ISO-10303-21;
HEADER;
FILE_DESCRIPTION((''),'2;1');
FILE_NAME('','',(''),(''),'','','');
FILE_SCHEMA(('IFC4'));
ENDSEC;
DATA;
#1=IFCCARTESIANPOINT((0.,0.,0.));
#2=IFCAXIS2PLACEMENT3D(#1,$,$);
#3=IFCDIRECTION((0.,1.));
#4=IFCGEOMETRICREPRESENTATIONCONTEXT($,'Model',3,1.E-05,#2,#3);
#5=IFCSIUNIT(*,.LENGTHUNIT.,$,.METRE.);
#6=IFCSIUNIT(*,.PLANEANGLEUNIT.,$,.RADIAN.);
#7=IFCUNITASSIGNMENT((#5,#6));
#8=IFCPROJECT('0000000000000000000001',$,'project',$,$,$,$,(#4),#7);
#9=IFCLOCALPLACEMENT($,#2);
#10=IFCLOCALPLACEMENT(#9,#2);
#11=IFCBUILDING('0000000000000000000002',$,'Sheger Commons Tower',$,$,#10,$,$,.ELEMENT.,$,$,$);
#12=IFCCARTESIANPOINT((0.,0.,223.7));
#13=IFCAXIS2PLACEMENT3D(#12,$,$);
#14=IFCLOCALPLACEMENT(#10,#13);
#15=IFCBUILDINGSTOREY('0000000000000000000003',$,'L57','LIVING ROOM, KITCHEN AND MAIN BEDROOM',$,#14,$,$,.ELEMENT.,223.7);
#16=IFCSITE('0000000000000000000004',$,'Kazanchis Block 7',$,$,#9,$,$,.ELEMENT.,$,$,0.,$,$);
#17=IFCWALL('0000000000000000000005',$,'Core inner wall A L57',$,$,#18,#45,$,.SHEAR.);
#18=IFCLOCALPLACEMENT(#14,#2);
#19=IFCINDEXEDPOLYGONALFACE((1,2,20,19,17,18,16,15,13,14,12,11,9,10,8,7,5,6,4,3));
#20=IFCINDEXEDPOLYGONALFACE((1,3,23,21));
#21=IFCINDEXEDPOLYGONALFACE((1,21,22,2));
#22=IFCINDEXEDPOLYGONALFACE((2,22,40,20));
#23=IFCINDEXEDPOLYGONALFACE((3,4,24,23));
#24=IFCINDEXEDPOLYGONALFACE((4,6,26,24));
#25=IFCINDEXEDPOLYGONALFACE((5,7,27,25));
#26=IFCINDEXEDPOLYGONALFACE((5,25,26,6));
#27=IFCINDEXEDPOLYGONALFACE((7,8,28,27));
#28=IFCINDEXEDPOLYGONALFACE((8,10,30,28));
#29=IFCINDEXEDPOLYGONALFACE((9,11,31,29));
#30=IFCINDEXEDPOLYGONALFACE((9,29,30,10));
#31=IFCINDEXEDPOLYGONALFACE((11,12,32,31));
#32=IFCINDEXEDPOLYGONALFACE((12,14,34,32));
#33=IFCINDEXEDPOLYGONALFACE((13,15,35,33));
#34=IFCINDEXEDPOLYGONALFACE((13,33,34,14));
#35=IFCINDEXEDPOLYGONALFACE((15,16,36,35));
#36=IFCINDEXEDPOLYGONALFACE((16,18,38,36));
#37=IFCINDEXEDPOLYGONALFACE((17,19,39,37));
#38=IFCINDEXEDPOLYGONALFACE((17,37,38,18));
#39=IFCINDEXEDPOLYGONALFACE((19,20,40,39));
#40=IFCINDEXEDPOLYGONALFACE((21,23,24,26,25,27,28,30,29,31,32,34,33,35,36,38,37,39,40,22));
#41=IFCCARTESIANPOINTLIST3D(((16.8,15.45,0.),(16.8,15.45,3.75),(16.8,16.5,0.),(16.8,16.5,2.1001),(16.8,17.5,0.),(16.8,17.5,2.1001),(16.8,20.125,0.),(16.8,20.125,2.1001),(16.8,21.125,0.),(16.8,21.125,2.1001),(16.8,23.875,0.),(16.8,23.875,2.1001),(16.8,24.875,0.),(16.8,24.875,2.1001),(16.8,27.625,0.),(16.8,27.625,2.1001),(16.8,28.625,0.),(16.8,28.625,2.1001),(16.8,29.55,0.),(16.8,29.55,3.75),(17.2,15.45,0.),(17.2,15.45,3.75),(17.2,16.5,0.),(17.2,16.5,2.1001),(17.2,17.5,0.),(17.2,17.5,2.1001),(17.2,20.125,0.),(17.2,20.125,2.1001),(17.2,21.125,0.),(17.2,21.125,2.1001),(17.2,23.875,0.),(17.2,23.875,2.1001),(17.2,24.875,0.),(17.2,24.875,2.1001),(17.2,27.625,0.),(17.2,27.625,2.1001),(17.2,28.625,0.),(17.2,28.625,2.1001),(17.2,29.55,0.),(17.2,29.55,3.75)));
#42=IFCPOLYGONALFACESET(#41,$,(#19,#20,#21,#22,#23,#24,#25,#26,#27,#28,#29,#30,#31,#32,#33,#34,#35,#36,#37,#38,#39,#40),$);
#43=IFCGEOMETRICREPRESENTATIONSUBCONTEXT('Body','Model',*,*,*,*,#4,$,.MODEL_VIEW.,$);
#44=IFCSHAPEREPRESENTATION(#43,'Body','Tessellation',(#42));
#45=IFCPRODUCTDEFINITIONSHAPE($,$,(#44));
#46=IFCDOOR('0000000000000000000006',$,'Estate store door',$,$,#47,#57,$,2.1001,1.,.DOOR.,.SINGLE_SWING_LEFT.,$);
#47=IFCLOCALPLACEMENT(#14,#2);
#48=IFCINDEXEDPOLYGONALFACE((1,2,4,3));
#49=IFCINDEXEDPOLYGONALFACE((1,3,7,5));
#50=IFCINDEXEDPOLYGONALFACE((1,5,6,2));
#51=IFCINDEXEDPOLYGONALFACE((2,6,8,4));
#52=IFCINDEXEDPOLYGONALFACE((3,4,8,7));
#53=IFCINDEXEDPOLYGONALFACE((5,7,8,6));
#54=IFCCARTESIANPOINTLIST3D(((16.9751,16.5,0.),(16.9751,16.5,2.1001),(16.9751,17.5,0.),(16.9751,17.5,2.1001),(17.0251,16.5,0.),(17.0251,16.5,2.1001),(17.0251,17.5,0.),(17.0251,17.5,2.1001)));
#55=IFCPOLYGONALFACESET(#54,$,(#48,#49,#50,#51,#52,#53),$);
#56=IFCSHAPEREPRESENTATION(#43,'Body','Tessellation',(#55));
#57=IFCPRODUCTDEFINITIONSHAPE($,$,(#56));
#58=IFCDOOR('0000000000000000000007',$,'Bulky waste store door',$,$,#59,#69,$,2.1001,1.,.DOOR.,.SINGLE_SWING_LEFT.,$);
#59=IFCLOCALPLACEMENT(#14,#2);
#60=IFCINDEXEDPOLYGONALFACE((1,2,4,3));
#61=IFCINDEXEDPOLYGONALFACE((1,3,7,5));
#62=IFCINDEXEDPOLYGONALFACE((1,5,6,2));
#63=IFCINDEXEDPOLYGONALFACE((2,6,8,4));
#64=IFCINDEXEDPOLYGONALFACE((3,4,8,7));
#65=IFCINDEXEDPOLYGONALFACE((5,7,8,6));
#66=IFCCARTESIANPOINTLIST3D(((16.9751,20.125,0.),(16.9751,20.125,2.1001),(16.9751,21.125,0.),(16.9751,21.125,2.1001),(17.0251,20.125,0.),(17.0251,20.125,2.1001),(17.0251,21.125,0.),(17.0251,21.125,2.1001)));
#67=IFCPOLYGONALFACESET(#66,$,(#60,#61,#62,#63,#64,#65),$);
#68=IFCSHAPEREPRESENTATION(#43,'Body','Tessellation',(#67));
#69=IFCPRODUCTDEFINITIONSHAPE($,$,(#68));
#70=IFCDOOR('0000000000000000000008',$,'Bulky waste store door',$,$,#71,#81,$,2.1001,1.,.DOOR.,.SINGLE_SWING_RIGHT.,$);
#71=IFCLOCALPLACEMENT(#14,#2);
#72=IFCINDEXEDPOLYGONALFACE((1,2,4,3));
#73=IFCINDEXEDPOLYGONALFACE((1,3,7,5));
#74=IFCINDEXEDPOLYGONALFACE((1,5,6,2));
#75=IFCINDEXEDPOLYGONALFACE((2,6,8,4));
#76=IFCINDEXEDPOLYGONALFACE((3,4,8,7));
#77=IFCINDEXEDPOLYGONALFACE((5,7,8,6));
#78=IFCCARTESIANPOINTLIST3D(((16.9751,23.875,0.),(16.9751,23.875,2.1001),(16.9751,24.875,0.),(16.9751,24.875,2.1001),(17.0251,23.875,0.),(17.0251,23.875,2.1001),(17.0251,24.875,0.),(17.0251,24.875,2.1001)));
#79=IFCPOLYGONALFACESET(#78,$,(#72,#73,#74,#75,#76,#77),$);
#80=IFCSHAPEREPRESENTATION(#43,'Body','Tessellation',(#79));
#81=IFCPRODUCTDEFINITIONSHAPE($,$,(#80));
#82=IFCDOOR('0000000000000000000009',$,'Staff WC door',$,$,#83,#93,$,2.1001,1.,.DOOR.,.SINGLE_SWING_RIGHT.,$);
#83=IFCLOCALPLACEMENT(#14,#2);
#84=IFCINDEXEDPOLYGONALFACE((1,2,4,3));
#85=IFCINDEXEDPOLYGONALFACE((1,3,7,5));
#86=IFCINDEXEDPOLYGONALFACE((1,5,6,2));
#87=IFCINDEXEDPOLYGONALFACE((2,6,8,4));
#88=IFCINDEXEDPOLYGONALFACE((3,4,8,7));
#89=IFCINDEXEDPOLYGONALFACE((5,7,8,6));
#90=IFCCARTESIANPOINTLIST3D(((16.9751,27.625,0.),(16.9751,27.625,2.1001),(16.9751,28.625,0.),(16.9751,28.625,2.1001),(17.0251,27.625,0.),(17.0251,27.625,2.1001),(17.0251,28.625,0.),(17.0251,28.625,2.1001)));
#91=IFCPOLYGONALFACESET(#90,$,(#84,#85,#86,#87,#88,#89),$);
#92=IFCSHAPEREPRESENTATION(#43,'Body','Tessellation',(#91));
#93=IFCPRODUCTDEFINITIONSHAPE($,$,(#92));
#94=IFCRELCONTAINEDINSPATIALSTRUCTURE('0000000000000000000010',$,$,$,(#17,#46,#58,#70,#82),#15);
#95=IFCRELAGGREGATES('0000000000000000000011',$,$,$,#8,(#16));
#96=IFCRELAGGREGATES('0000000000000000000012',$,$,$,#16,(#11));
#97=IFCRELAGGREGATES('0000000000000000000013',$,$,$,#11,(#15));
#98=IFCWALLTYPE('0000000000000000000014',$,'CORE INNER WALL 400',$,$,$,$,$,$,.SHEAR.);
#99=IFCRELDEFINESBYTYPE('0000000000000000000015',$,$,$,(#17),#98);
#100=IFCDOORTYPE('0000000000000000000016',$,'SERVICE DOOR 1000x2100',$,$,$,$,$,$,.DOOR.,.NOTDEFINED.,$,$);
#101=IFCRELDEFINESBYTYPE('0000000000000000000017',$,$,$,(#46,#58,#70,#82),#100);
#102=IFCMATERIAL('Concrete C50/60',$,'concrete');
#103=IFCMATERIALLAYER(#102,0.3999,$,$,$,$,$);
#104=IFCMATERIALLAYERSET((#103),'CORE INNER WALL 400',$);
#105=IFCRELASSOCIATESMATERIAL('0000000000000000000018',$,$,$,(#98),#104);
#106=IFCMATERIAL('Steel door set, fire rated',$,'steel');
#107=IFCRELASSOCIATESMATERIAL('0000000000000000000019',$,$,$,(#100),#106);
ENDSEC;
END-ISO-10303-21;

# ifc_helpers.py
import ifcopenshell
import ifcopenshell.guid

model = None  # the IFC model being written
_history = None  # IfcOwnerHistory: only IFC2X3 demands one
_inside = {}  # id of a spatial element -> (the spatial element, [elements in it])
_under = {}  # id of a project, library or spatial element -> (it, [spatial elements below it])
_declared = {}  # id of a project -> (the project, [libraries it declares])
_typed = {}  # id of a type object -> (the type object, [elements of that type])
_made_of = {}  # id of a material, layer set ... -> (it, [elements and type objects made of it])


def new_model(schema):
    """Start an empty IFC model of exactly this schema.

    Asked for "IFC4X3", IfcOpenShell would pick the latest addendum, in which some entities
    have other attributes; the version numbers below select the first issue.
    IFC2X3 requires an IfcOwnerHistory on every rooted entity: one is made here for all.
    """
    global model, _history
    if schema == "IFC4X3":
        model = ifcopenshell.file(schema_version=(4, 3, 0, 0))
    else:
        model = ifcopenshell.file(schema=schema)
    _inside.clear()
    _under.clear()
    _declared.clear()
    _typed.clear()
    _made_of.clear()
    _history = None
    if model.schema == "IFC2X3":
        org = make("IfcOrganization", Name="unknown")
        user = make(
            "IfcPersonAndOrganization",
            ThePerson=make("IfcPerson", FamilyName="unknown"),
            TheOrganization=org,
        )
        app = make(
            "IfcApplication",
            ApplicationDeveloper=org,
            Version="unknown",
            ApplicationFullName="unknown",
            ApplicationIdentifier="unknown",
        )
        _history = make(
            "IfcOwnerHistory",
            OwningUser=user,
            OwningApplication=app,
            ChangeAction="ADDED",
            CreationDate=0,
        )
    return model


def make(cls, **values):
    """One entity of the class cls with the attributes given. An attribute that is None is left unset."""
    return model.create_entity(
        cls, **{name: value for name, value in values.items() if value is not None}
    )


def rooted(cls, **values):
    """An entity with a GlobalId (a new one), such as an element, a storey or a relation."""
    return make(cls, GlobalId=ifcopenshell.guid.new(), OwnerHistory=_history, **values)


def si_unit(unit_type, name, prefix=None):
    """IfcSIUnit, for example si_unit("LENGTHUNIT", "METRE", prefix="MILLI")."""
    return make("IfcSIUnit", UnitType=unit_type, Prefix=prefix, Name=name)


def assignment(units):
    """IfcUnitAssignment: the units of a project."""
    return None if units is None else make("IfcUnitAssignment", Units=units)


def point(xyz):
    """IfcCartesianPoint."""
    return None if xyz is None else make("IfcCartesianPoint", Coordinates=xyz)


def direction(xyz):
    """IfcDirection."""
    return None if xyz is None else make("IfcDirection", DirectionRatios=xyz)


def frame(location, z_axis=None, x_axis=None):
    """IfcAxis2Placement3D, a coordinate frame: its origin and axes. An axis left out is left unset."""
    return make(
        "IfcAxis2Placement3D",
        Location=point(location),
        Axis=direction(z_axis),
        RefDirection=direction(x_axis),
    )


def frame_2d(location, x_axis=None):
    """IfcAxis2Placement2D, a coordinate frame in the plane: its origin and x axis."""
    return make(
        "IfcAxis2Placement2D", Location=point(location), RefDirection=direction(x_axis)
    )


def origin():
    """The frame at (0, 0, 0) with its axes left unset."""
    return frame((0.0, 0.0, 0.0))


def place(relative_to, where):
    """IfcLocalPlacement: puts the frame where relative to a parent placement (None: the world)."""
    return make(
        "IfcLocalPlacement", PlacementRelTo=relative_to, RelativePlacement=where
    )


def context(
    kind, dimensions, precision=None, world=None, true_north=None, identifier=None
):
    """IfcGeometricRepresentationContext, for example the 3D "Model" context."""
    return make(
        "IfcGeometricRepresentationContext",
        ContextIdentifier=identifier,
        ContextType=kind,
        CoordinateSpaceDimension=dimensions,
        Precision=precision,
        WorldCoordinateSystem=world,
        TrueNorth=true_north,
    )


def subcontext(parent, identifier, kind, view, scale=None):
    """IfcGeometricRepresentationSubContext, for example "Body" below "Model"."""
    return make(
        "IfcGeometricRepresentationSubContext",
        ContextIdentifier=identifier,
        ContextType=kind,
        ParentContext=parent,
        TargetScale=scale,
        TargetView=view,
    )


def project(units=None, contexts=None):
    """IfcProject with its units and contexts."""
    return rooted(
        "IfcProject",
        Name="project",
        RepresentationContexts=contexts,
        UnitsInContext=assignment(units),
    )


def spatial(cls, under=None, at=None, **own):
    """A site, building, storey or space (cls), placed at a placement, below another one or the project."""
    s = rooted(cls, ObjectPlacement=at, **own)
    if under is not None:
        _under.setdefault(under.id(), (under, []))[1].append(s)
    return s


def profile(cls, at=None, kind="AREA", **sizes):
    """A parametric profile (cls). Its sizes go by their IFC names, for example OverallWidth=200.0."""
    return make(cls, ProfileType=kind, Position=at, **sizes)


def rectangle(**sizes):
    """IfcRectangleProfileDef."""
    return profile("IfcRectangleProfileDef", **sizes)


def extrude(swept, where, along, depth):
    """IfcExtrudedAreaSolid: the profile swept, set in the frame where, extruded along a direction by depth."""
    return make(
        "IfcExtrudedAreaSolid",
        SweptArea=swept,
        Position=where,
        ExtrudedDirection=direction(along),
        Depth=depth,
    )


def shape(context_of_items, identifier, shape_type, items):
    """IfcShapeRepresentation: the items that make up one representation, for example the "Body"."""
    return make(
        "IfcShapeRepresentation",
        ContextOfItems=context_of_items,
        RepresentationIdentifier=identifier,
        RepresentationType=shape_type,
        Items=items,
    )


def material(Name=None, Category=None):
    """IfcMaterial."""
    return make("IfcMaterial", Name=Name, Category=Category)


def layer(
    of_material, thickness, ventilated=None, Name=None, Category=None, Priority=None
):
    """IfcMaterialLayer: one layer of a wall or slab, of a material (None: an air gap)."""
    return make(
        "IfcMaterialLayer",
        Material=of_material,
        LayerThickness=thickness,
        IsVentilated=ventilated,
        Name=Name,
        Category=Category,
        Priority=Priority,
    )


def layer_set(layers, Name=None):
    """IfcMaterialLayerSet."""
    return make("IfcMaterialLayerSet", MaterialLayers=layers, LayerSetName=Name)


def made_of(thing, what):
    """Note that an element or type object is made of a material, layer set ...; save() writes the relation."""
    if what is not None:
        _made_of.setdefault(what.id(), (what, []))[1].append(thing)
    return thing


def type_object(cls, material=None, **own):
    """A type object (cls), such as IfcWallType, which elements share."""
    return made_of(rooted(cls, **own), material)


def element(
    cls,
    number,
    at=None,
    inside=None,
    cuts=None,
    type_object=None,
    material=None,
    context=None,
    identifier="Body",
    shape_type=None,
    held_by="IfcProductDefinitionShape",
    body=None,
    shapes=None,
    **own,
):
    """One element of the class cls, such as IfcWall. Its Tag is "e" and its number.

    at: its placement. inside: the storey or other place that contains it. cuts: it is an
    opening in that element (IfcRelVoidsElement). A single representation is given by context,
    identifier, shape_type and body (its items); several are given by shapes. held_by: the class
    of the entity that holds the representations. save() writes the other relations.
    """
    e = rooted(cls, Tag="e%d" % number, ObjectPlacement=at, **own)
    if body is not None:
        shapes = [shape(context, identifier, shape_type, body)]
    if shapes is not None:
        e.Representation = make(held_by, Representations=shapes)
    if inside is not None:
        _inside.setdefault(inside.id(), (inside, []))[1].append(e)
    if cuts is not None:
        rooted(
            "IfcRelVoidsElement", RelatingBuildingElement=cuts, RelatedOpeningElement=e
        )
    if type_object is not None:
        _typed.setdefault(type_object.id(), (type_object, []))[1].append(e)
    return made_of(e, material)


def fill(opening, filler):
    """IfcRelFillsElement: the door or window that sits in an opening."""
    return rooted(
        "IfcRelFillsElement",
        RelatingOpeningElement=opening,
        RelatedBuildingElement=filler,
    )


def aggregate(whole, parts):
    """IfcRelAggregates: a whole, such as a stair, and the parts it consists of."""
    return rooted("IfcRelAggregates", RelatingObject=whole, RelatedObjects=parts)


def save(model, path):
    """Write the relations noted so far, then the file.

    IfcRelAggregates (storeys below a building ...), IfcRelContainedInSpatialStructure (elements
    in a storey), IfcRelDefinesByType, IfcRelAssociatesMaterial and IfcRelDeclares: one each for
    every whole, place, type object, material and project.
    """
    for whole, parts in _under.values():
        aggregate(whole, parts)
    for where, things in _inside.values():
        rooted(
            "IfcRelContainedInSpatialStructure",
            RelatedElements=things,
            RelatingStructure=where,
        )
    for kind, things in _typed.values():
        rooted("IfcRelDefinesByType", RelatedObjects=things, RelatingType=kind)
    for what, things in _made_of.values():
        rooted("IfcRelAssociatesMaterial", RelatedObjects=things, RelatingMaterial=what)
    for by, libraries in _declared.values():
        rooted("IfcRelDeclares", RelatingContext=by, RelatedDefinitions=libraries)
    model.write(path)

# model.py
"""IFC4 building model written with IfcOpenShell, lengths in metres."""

from ifc_helpers import new_model, si_unit, direction, frame, frame_2d, origin, place, context, subcontext, project, spatial, rectangle, extrude, material, layer, layer_set, type_object, element, fill, save


model = new_model("IFC4")

# Units and contexts
model_context = context("Model", 3, precision=1e-05, world=origin(), true_north=direction((0.0, 1.0)))
body_context = subcontext(model_context, "Body", "Model", "MODEL_VIEW")
ifc_project = project(units=[si_unit("LENGTHUNIT", "METRE"), si_unit("PLANEANGLEUNIT", "RADIAN")], contexts=[model_context])

# Site, building, storey
site_placement = place(None, origin())
site = spatial("IfcSite", under=ifc_project, at=site_placement, Name="Kazanchis Block 7", CompositionType="ELEMENT", RefElevation=0.0)
building_placement = place(site_placement, origin())
building = spatial("IfcBuilding", under=site, at=building_placement, Name="Sheger Commons Tower", CompositionType="ELEMENT")
storey_placement = place(building_placement, frame((0.0, 0.0, 223.7)))
storey = spatial("IfcBuildingStorey", under=building, at=storey_placement, Name="L57", Description="LIVING ROOM, KITCHEN AND MAIN BEDROOM", CompositionType="ELEMENT", Elevation=223.7)

# Wall, openings, doors
ifc_material_1 = material(Name="Concrete C50/60", Category="concrete")
ifc_layer_1 = layer(ifc_material_1, 0.3999)
ifc_layer_set_1 = layer_set([ifc_layer_1], Name="CORE INNER WALL 400")
wall_type_1 = type_object("IfcWallType", Name="CORE INNER WALL 400", PredefinedType="SHEAR", material=ifc_layer_set_1)
wall_1_placement = place(storey_placement, frame((17.0, 15.45, 0.0), z_axis=(0.0, 0.0, 1.0), x_axis=(0.0, 1.0, 0.0)))
wall_1 = element("IfcWall", 1, at=wall_1_placement, inside=storey, type_object=wall_type_1, Name="Core inner wall A L57", PredefinedType="SHEAR", context=body_context, shape_type="SweptSolid", body=[
    extrude(rectangle(XDim=14.1001, YDim=0.3999, at=frame_2d((7.05, 0.0))), origin(), (0.0, 0.0, 1.0), 3.75),
])
opening_1_placement = place(wall_1_placement, frame((1.05, 0.0, 0.0)))
opening_1 = element("IfcOpeningElement", 2, at=opening_1_placement, cuts=wall_1, PredefinedType="OPENING", context=body_context, shape_type="SweptSolid", body=[
    extrude(rectangle(XDim=1.0, YDim=2.1001, at=frame_2d((0.5, 1.05))), frame((0.0, 0.21, 0.0), z_axis=(0.0, -1.0, 0.0), x_axis=(1.0, 0.0, 0.0)), (0.0, 0.0, 1.0), 0.4199),
])
opening_2_placement = place(wall_1_placement, frame((4.675, 0.0, 0.0)))
opening_2 = element("IfcOpeningElement", 3, at=opening_2_placement, cuts=wall_1, PredefinedType="OPENING", context=body_context, shape_type="SweptSolid", body=[
    extrude(rectangle(XDim=1.0, YDim=2.1001, at=frame_2d((0.5, 1.05))), frame((0.0, 0.21, 0.0), z_axis=(0.0, -1.0, 0.0), x_axis=(1.0, 0.0, 0.0)), (0.0, 0.0, 1.0), 0.4199),
])
opening_3_placement = place(wall_1_placement, frame((8.425, 0.0, 0.0)))
opening_3 = element("IfcOpeningElement", 4, at=opening_3_placement, cuts=wall_1, PredefinedType="OPENING", context=body_context, shape_type="SweptSolid", body=[
    extrude(rectangle(XDim=1.0, YDim=2.1001, at=frame_2d((0.5, 1.05))), frame((0.0, 0.21, 0.0), z_axis=(0.0, -1.0, 0.0), x_axis=(1.0, 0.0, 0.0)), (0.0, 0.0, 1.0), 0.4199),
])
opening_4_placement = place(wall_1_placement, frame((12.175, 0.0, 0.0)))
opening_4 = element("IfcOpeningElement", 5, at=opening_4_placement, cuts=wall_1, PredefinedType="OPENING", context=body_context, shape_type="SweptSolid", body=[
    extrude(rectangle(XDim=1.0, YDim=2.1001, at=frame_2d((0.5, 1.05))), frame((0.0, 0.21, 0.0), z_axis=(0.0, -1.0, 0.0), x_axis=(1.0, 0.0, 0.0)), (0.0, 0.0, 1.0), 0.4199),
])
ifc_material_2 = material(Name="Steel door set, fire rated", Category="steel")
door_type_1 = type_object("IfcDoorType", Name="SERVICE DOOR 1000x2100", OperationType="NOTDEFINED", PredefinedType="DOOR", material=ifc_material_2)
door_1_placement = place(opening_1_placement, origin())
door_1 = element("IfcDoor", 6, at=door_1_placement, inside=storey, type_object=door_type_1, Name="Estate store door", OperationType="SINGLE_SWING_LEFT", OverallHeight=2.1001, OverallWidth=1.0, PredefinedType="DOOR", context=body_context, shape_type="SweptSolid", body=[
    extrude(rectangle(XDim=1.0, YDim=2.1001, at=frame_2d((0.5, 1.05))), frame((0.0, 0.0249, 0.0), z_axis=(0.0, -1.0, 0.0), x_axis=(1.0, 0.0, 0.0)), (0.0, 0.0, 1.0), 0.05),
])
fill(opening_1, door_1)
door_2_placement = place(opening_2_placement, origin())
door_2 = element("IfcDoor", 7, at=door_2_placement, inside=storey, type_object=door_type_1, Name="Bulky waste store door", OperationType="SINGLE_SWING_LEFT", OverallHeight=2.1001, OverallWidth=1.0, PredefinedType="DOOR", context=body_context, shape_type="SweptSolid", body=[
    extrude(rectangle(XDim=1.0, YDim=2.1001, at=frame_2d((0.5, 1.05))), frame((0.0, 0.0249, 0.0), z_axis=(0.0, -1.0, 0.0), x_axis=(1.0, 0.0, 0.0)), (0.0, 0.0, 1.0), 0.05),
])
fill(opening_2, door_2)
door_3_placement = place(opening_3_placement, origin())
door_3 = element("IfcDoor", 8, at=door_3_placement, inside=storey, type_object=door_type_1, Name="Bulky waste store door", OperationType="SINGLE_SWING_RIGHT", OverallHeight=2.1001, OverallWidth=1.0, PredefinedType="DOOR", context=body_context, shape_type="SweptSolid", body=[
    extrude(rectangle(XDim=1.0, YDim=2.1001, at=frame_2d((0.5, 1.05))), frame((0.0, 0.0249, 0.0), z_axis=(0.0, -1.0, 0.0), x_axis=(1.0, 0.0, 0.0)), (0.0, 0.0, 1.0), 0.05),
])
fill(opening_3, door_3)
door_4_placement = place(opening_4_placement, origin())
door_4 = element("IfcDoor", 9, at=door_4_placement, inside=storey, type_object=door_type_1, Name="Staff WC door", OperationType="SINGLE_SWING_RIGHT", OverallHeight=2.1001, OverallWidth=1.0, PredefinedType="DOOR", context=body_context, shape_type="SweptSolid", body=[
    extrude(rectangle(XDim=1.0, YDim=2.1001, at=frame_2d((0.5, 1.05))), frame((0.0, 0.0249, 0.0), z_axis=(0.0, -1.0, 0.0), x_axis=(1.0, 0.0, 0.0)), (0.0, 0.0, 1.0), 0.05),
])
fill(opening_4, door_4)

save(model, "model.ifc")
